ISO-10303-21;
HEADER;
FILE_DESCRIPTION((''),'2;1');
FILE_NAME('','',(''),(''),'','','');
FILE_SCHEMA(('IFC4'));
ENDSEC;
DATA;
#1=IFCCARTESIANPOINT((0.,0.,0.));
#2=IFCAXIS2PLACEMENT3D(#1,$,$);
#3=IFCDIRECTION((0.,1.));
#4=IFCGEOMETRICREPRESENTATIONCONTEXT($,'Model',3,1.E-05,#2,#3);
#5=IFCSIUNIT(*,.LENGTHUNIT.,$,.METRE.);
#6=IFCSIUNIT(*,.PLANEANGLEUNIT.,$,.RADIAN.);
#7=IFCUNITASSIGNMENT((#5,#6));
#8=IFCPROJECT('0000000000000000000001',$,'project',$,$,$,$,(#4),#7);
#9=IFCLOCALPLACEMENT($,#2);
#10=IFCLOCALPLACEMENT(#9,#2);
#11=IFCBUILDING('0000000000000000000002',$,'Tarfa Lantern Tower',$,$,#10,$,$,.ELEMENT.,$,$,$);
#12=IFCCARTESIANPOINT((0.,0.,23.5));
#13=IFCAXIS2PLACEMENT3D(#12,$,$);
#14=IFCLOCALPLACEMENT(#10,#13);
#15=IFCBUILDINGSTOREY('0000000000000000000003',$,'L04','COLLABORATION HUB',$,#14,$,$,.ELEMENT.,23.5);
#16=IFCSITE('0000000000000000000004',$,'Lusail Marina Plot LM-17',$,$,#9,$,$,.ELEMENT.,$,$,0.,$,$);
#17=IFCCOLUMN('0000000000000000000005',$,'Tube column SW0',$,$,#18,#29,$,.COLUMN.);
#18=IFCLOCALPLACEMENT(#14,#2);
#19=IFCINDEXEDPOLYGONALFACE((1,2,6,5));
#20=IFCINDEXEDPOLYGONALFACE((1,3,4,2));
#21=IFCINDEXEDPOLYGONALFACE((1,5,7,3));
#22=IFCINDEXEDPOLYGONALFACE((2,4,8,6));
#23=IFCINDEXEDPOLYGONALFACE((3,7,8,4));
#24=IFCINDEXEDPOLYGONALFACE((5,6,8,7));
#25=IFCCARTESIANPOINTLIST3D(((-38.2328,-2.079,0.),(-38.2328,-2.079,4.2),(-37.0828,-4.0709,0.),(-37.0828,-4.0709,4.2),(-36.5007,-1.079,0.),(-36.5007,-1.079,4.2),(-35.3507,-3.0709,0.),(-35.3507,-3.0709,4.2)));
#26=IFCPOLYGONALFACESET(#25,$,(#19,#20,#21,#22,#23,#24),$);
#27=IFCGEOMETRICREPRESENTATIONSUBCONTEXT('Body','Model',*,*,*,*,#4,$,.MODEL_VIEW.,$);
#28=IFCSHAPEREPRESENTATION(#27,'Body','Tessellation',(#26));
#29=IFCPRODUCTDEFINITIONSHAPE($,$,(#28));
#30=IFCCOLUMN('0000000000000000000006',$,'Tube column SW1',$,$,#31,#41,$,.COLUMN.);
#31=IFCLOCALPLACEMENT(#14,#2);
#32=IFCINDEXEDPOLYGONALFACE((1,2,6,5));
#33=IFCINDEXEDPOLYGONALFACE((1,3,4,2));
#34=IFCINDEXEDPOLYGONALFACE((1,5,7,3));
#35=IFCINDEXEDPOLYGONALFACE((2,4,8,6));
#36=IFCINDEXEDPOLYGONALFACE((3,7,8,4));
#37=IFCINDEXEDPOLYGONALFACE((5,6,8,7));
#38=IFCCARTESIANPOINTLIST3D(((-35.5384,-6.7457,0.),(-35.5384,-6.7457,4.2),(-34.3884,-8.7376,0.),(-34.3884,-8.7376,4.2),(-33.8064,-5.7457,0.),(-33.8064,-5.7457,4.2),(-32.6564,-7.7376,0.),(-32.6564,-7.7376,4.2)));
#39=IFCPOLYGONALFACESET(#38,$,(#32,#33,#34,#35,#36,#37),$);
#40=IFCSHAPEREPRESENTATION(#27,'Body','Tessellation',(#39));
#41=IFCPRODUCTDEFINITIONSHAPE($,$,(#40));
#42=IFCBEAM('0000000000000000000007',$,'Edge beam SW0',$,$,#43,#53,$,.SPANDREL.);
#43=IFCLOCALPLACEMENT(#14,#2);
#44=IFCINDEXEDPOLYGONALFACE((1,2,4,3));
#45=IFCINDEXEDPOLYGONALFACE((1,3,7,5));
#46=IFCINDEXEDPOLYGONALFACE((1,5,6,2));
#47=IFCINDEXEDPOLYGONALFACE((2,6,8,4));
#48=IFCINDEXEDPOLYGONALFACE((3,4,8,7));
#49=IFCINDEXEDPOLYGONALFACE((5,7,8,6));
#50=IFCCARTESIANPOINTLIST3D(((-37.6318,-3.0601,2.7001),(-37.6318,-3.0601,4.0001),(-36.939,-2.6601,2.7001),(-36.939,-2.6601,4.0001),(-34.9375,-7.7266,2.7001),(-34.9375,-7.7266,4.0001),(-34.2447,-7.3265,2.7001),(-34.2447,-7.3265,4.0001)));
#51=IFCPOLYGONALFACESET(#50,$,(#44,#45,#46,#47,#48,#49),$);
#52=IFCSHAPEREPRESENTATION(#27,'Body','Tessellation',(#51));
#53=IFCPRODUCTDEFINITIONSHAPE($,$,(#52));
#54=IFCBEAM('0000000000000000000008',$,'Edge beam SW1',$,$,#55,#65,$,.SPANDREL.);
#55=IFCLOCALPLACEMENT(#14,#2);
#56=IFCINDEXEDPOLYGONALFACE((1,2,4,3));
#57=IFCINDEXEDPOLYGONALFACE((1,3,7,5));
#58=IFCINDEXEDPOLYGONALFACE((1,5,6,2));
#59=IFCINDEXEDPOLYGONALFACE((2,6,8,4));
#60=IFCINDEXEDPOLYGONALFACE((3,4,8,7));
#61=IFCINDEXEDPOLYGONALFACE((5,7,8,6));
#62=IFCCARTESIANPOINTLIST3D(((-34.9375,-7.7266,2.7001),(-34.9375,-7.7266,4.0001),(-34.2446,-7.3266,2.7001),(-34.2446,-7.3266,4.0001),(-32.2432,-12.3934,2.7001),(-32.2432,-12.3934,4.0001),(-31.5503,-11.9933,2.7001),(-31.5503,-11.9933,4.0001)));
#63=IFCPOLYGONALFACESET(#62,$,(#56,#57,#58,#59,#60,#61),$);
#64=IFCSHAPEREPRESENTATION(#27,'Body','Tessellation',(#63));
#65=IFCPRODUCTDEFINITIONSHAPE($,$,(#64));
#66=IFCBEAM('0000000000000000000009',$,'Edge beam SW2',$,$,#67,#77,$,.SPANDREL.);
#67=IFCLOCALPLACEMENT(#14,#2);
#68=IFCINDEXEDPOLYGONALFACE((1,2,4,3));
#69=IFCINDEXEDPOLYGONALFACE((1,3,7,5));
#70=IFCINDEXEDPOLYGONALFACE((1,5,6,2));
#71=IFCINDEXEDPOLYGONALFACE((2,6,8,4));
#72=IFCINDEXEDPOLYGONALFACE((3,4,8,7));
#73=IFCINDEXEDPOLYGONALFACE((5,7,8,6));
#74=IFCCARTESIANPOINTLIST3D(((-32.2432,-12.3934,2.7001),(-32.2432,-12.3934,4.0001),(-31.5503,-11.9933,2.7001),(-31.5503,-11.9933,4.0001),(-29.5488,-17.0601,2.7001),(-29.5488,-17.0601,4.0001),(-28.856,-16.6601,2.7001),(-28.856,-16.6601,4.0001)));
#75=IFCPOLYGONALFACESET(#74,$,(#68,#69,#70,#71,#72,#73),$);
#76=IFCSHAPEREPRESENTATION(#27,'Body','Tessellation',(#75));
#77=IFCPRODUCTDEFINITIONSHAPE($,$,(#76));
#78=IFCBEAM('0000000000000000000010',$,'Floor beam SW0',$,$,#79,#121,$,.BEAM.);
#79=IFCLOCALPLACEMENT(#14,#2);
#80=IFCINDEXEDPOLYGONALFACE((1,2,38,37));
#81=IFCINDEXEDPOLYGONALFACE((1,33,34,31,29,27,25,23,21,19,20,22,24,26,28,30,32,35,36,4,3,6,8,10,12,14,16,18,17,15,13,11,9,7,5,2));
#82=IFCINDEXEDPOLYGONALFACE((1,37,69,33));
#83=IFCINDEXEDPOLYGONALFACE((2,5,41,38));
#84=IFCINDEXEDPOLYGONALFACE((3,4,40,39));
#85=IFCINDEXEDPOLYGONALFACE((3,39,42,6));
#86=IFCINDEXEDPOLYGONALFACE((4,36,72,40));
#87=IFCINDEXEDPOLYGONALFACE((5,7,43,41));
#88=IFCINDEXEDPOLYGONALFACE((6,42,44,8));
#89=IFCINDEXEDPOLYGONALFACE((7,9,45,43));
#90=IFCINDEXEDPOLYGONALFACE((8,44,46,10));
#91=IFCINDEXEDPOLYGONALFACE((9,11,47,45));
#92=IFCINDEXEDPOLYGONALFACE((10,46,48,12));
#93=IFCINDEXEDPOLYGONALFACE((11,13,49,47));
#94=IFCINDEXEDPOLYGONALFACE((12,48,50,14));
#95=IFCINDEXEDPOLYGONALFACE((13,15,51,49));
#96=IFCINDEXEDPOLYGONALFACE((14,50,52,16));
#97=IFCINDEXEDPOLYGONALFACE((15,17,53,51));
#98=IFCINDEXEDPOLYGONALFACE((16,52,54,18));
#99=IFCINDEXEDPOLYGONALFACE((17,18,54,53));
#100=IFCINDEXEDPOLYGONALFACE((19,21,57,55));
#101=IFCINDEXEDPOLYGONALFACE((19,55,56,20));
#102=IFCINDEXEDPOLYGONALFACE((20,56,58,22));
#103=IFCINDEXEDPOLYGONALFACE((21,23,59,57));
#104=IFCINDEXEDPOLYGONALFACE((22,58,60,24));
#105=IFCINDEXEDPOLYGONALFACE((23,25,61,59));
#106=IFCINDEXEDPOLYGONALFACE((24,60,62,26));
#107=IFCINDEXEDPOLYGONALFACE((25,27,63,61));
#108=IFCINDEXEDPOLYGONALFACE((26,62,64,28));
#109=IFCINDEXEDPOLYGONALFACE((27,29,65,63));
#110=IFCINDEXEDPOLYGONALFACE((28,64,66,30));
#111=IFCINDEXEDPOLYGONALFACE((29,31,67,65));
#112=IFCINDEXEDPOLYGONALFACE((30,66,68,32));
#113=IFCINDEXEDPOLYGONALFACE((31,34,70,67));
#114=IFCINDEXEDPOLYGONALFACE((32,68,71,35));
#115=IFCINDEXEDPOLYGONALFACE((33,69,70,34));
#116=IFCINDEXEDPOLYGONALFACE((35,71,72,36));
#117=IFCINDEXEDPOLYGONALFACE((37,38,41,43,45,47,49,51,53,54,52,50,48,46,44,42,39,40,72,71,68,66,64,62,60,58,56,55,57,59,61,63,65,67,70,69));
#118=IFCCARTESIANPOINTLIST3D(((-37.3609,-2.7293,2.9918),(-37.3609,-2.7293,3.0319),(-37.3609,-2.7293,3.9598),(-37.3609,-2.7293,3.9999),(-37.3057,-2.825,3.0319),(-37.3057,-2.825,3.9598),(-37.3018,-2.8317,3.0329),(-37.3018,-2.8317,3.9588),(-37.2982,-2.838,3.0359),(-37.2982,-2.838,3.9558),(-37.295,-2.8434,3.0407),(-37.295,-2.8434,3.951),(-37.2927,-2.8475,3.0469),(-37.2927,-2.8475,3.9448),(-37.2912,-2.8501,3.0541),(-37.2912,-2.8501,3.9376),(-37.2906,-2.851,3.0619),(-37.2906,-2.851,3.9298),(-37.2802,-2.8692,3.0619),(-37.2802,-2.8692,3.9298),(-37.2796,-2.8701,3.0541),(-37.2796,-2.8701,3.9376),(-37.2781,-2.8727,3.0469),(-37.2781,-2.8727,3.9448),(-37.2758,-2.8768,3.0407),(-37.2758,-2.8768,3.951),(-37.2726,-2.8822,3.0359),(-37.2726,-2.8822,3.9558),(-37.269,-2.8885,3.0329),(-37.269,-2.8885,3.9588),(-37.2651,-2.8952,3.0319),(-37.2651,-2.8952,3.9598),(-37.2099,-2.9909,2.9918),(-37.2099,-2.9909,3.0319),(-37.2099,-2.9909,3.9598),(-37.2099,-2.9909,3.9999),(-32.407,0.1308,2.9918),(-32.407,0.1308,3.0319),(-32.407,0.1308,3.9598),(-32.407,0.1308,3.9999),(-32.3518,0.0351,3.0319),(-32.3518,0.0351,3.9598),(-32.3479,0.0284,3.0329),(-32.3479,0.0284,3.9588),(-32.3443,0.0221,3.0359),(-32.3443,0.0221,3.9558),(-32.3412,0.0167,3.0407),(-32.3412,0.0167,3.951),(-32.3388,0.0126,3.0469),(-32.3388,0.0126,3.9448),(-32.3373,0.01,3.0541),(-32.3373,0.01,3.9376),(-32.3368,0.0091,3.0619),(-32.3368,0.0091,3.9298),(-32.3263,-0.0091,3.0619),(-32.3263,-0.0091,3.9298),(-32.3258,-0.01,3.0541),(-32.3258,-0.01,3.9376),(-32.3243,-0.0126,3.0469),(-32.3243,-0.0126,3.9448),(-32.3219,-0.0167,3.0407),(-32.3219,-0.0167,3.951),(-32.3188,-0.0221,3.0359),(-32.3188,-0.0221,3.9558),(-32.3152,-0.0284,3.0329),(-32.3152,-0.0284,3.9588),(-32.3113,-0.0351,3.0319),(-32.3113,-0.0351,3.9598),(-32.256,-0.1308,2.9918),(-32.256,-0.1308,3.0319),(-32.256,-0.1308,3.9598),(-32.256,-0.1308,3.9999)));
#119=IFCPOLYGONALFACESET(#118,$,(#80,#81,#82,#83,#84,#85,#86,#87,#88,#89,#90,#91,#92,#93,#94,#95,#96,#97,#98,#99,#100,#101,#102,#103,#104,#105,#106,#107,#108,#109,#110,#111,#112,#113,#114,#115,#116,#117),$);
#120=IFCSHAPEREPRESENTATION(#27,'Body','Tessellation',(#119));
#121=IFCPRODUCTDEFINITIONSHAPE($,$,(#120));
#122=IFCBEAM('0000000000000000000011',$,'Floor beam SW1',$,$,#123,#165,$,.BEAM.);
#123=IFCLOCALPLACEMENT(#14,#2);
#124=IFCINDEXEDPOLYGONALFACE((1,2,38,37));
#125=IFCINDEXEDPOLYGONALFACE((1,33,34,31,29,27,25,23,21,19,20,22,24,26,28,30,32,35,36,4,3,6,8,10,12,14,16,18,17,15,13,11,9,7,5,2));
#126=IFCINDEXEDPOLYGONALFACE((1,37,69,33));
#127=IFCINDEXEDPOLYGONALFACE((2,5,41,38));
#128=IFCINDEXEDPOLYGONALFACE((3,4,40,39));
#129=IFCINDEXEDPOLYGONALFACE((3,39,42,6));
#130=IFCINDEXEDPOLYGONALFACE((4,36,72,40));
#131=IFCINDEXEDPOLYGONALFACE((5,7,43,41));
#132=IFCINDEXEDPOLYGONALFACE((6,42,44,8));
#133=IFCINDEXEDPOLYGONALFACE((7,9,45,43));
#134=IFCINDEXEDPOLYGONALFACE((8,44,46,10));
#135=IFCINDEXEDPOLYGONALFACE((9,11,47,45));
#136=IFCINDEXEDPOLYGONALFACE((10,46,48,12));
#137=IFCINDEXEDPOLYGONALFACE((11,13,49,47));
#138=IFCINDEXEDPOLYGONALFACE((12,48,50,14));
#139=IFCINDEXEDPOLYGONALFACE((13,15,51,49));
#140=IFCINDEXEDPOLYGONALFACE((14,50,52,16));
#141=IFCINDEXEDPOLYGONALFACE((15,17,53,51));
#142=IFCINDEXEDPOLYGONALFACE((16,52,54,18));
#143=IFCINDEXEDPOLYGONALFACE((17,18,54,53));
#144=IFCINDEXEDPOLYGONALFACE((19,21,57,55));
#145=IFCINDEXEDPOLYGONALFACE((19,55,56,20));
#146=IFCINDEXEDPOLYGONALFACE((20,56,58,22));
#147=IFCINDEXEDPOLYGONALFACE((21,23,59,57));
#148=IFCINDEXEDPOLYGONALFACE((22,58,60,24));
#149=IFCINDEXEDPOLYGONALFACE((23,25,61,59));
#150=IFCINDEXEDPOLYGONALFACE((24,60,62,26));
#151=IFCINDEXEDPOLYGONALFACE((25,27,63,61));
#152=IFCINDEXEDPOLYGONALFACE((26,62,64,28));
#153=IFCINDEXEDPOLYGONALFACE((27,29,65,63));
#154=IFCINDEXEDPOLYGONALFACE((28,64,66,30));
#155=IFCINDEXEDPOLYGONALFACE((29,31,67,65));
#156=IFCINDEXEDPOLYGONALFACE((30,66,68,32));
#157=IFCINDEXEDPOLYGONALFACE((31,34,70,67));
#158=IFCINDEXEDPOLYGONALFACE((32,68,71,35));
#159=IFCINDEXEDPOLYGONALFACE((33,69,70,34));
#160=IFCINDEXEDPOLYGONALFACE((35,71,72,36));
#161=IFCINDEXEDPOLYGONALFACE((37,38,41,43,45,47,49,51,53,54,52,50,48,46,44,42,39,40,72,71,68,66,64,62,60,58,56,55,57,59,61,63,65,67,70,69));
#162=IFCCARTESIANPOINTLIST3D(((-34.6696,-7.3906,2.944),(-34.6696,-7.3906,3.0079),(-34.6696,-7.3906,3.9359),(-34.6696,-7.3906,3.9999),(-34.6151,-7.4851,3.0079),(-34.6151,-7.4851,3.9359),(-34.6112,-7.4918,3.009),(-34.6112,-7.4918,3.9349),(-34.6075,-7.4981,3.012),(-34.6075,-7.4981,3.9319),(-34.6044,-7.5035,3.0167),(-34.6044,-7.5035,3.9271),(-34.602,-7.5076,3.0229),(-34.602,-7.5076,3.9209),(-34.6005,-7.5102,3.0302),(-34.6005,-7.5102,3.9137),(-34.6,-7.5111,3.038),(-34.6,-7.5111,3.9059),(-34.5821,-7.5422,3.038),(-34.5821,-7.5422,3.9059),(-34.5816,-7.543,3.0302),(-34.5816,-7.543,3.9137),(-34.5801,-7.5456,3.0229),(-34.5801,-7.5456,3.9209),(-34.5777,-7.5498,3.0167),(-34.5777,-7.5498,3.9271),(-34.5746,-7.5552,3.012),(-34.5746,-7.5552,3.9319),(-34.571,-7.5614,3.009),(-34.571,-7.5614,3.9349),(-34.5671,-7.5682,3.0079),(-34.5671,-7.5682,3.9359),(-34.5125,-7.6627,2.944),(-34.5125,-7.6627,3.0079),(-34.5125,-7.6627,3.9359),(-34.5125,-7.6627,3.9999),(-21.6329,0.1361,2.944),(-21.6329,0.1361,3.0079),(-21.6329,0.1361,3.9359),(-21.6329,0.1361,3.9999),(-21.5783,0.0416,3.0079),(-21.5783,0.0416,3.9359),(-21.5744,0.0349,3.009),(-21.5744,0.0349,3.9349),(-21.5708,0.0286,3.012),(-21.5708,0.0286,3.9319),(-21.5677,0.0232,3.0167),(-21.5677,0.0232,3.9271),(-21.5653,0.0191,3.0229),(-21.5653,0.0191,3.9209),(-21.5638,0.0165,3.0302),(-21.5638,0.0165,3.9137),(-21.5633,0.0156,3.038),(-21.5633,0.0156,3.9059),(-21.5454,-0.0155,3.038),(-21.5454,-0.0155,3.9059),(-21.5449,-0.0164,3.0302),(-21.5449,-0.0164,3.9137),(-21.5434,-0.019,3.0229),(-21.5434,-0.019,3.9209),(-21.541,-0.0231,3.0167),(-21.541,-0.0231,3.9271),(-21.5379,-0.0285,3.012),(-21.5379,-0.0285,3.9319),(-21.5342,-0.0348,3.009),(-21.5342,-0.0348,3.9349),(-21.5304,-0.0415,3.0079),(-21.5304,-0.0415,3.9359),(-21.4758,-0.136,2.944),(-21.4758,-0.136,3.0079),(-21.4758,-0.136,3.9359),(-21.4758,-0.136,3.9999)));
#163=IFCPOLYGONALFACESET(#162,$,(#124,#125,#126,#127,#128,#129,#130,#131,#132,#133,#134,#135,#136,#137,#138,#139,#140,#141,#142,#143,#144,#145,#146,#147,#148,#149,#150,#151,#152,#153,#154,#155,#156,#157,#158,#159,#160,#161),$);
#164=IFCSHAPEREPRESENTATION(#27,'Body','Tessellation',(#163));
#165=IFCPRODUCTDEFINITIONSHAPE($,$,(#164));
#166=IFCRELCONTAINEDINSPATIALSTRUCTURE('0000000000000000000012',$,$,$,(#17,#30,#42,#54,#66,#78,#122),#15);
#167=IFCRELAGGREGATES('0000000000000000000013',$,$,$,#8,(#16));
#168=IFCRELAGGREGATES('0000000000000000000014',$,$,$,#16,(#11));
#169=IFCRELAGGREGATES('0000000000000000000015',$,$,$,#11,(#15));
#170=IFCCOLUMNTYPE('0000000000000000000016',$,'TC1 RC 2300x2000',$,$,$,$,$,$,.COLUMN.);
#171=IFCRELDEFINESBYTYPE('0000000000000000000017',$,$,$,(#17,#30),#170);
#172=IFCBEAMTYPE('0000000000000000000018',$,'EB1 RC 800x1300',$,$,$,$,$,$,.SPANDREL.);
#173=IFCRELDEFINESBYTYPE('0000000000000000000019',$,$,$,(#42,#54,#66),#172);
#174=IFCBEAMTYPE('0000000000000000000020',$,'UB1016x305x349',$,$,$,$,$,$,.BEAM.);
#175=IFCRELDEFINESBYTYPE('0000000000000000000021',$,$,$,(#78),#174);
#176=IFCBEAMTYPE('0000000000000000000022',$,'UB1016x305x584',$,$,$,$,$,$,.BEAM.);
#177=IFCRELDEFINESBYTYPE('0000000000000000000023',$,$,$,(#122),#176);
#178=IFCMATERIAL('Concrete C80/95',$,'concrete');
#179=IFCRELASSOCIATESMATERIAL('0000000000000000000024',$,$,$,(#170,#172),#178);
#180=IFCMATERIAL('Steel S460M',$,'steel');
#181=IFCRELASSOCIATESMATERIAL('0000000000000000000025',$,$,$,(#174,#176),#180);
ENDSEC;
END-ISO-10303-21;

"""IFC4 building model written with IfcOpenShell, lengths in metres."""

from ifc_helpers import new_model, si_unit, direction, frame, origin, origin_2d, place, context, subcontext, project, spatial, rectangle, i_section, extrude, material, material_profile, profile_set, type_object, element, save


model = new_model("IFC4")

# Units and contexts
model_context = context("Model", 3, precision=1e-05, world=origin(), true_north=direction((0.0, 1.0)))
body_context = subcontext(model_context, "Body", "Model", "MODEL_VIEW")
ifc_project = project(units=[si_unit("LENGTHUNIT", "METRE"), si_unit("PLANEANGLEUNIT", "RADIAN")], contexts=[model_context])

# Site, building, storey
site_placement = place(None, origin())
site = spatial("IfcSite", under=ifc_project, at=site_placement, Name="Lusail Marina Plot LM-17", CompositionType="ELEMENT", RefElevation=0.0)
building_placement = place(site_placement, origin())
building = spatial("IfcBuilding", under=site, at=building_placement, Name="Tarfa Lantern Tower", CompositionType="ELEMENT")
storey_placement = place(building_placement, frame((0.0, 0.0, 23.5)))
storey = spatial("IfcBuildingStorey", under=building, at=storey_placement, Name="L04", Description="COLLABORATION HUB", CompositionType="ELEMENT", Elevation=23.5)

# Columns
ifc_material_1 = material(Name="Concrete C80/95", Category="concrete")
ifc_material_profile_1 = material_profile(ifc_material_1, rectangle(XDim=2.3, YDim=2.0, at=origin_2d()), Name="RC 2300x2000")
ifc_profile_set_1 = profile_set([ifc_material_profile_1], Name="Concrete C80/95")
column_type = type_object("IfcColumnType", Name="TC1 RC 2300x2000", PredefinedType="COLUMN", material=ifc_profile_set_1)
for number, where, z_axis, x_axis, name in (
    (1, (-36.7917, -2.575, 0.0), (0.0, 0.0, 1.0), (0.5, -0.866025, 0.0), "Tube column SW0"),
    (2, (-34.0974, -7.2417, 0.0), (0.0, 0.0, 1.0), (0.5, -0.866025, 0.0), "Tube column SW1"),
):
    element("IfcColumn", number, at=place(storey_placement, frame(where, z_axis=z_axis, x_axis=x_axis)), inside=storey, type_object=column_type, Name=name, PredefinedType="COLUMN", context=body_context, shape_type="SweptSolid", body=[
        extrude(rectangle(XDim=2.3, YDim=2.0, at=origin_2d()), origin(), (0.0, 0.0, 1.0), 4.2),
    ])

# Beams
ifc_material_profile_2 = material_profile(ifc_material_1, rectangle(XDim=0.8, YDim=1.3, at=origin_2d()), Name="RC 800x1300")
ifc_profile_set_2 = profile_set([ifc_material_profile_2], Name="Concrete C80/95")
beam_type_1 = type_object("IfcBeamType", Name="EB1 RC 800x1300", PredefinedType="SPANDREL", material=ifc_profile_set_2)
beam_1_placement = place(storey_placement, frame((-37.2854, -2.8601, 3.3501), z_axis=(0.500018, -0.866015, 0.0), x_axis=(0.866015, 0.500018, 0.0)))
element("IfcBeam", 3, at=beam_1_placement, inside=storey, type_object=beam_type_1, Name="Edge beam SW0", PredefinedType="SPANDREL", context=body_context, shape_type="SweptSolid", body=[
    extrude(rectangle(XDim=0.8, YDim=1.3, at=origin_2d()), origin(), (0.0, 0.0, 1.0), 5.3884),
])
for number, where, z_axis, x_axis, name in (
    (4, (-34.5911, -7.5266, 3.3501), (0.499998, -0.866026, 0.0), (0.866026, 0.499998, 0.0), "Edge beam SW1"),
    (5, (-31.8967, -12.1934, 3.3501), (0.499998, -0.866026, 0.0), (0.866026, 0.499998, 0.0), "Edge beam SW2"),
):
    element("IfcBeam", number, at=place(storey_placement, frame(where, z_axis=z_axis, x_axis=x_axis)), inside=storey, type_object=beam_type_1, Name=name, PredefinedType="SPANDREL", context=body_context, shape_type="SweptSolid", body=[
        extrude(rectangle(XDim=0.8, YDim=1.3, at=origin_2d()), origin(), (0.0, 0.0, 1.0), 5.3887),
    ])
ifc_material_2 = material(Name="Steel S460M", Category="steel")
ifc_material_profile_3 = material_profile(ifc_material_2, i_section(OverallWidth=0.302, OverallDepth=1.0081, WebThickness=0.021, FlangeThickness=0.04, FilletRadius=0.03, at=origin_2d()), Name="UB1016x305x349")
ifc_profile_set_3 = profile_set([ifc_material_profile_3], Name="Steel S460M")
beam_type_2 = type_object("IfcBeamType", Name="UB1016x305x349", PredefinedType="BEAM", material=ifc_profile_set_3)
beam_2_placement = place(storey_placement, frame((-37.2854, -2.8601, 3.4958), z_axis=(0.866026, 0.5, 0.0), x_axis=(-0.5, 0.866026, 0.0)))
element("IfcBeam", 6, at=beam_2_placement, inside=storey, type_object=beam_type_2, Name="Floor beam SW0", PredefinedType="BEAM", context=body_context, shape_type="SweptSolid", body=[
    extrude(i_section(OverallWidth=0.302, OverallDepth=1.0081, WebThickness=0.021, FlangeThickness=0.04, FilletRadius=0.03, at=origin_2d()), origin(), (0.0, 0.0, 1.0), 5.7202),
])
ifc_material_profile_4 = material_profile(ifc_material_2, i_section(OverallWidth=0.3142, OverallDepth=1.0559, WebThickness=0.0359, FlangeThickness=0.064, FilletRadius=0.03, at=origin_2d()), Name="UB1016x305x584")
ifc_profile_set_4 = profile_set([ifc_material_profile_4], Name="Steel S460M")
beam_type_3 = type_object("IfcBeamType", Name="UB1016x305x584", PredefinedType="BEAM", material=ifc_profile_set_4)
beam_3_placement = place(storey_placement, frame((-34.5911, -7.5266, 3.4719), z_axis=(0.866028, 0.499996, 0.0), x_axis=(-0.499996, 0.866028, 0.0)))
element("IfcBeam", 7, at=beam_3_placement, inside=storey, type_object=beam_type_3, Name="Floor beam SW1", PredefinedType="BEAM", context=body_context, shape_type="SweptSolid", body=[
    extrude(i_section(OverallWidth=0.3142, OverallDepth=1.0559, WebThickness=0.0359, FlangeThickness=0.064, FilletRadius=0.03, at=origin_2d()), origin(), (0.0, 0.0, 1.0), 15.0535),
])

save(model, "model.ifc")
